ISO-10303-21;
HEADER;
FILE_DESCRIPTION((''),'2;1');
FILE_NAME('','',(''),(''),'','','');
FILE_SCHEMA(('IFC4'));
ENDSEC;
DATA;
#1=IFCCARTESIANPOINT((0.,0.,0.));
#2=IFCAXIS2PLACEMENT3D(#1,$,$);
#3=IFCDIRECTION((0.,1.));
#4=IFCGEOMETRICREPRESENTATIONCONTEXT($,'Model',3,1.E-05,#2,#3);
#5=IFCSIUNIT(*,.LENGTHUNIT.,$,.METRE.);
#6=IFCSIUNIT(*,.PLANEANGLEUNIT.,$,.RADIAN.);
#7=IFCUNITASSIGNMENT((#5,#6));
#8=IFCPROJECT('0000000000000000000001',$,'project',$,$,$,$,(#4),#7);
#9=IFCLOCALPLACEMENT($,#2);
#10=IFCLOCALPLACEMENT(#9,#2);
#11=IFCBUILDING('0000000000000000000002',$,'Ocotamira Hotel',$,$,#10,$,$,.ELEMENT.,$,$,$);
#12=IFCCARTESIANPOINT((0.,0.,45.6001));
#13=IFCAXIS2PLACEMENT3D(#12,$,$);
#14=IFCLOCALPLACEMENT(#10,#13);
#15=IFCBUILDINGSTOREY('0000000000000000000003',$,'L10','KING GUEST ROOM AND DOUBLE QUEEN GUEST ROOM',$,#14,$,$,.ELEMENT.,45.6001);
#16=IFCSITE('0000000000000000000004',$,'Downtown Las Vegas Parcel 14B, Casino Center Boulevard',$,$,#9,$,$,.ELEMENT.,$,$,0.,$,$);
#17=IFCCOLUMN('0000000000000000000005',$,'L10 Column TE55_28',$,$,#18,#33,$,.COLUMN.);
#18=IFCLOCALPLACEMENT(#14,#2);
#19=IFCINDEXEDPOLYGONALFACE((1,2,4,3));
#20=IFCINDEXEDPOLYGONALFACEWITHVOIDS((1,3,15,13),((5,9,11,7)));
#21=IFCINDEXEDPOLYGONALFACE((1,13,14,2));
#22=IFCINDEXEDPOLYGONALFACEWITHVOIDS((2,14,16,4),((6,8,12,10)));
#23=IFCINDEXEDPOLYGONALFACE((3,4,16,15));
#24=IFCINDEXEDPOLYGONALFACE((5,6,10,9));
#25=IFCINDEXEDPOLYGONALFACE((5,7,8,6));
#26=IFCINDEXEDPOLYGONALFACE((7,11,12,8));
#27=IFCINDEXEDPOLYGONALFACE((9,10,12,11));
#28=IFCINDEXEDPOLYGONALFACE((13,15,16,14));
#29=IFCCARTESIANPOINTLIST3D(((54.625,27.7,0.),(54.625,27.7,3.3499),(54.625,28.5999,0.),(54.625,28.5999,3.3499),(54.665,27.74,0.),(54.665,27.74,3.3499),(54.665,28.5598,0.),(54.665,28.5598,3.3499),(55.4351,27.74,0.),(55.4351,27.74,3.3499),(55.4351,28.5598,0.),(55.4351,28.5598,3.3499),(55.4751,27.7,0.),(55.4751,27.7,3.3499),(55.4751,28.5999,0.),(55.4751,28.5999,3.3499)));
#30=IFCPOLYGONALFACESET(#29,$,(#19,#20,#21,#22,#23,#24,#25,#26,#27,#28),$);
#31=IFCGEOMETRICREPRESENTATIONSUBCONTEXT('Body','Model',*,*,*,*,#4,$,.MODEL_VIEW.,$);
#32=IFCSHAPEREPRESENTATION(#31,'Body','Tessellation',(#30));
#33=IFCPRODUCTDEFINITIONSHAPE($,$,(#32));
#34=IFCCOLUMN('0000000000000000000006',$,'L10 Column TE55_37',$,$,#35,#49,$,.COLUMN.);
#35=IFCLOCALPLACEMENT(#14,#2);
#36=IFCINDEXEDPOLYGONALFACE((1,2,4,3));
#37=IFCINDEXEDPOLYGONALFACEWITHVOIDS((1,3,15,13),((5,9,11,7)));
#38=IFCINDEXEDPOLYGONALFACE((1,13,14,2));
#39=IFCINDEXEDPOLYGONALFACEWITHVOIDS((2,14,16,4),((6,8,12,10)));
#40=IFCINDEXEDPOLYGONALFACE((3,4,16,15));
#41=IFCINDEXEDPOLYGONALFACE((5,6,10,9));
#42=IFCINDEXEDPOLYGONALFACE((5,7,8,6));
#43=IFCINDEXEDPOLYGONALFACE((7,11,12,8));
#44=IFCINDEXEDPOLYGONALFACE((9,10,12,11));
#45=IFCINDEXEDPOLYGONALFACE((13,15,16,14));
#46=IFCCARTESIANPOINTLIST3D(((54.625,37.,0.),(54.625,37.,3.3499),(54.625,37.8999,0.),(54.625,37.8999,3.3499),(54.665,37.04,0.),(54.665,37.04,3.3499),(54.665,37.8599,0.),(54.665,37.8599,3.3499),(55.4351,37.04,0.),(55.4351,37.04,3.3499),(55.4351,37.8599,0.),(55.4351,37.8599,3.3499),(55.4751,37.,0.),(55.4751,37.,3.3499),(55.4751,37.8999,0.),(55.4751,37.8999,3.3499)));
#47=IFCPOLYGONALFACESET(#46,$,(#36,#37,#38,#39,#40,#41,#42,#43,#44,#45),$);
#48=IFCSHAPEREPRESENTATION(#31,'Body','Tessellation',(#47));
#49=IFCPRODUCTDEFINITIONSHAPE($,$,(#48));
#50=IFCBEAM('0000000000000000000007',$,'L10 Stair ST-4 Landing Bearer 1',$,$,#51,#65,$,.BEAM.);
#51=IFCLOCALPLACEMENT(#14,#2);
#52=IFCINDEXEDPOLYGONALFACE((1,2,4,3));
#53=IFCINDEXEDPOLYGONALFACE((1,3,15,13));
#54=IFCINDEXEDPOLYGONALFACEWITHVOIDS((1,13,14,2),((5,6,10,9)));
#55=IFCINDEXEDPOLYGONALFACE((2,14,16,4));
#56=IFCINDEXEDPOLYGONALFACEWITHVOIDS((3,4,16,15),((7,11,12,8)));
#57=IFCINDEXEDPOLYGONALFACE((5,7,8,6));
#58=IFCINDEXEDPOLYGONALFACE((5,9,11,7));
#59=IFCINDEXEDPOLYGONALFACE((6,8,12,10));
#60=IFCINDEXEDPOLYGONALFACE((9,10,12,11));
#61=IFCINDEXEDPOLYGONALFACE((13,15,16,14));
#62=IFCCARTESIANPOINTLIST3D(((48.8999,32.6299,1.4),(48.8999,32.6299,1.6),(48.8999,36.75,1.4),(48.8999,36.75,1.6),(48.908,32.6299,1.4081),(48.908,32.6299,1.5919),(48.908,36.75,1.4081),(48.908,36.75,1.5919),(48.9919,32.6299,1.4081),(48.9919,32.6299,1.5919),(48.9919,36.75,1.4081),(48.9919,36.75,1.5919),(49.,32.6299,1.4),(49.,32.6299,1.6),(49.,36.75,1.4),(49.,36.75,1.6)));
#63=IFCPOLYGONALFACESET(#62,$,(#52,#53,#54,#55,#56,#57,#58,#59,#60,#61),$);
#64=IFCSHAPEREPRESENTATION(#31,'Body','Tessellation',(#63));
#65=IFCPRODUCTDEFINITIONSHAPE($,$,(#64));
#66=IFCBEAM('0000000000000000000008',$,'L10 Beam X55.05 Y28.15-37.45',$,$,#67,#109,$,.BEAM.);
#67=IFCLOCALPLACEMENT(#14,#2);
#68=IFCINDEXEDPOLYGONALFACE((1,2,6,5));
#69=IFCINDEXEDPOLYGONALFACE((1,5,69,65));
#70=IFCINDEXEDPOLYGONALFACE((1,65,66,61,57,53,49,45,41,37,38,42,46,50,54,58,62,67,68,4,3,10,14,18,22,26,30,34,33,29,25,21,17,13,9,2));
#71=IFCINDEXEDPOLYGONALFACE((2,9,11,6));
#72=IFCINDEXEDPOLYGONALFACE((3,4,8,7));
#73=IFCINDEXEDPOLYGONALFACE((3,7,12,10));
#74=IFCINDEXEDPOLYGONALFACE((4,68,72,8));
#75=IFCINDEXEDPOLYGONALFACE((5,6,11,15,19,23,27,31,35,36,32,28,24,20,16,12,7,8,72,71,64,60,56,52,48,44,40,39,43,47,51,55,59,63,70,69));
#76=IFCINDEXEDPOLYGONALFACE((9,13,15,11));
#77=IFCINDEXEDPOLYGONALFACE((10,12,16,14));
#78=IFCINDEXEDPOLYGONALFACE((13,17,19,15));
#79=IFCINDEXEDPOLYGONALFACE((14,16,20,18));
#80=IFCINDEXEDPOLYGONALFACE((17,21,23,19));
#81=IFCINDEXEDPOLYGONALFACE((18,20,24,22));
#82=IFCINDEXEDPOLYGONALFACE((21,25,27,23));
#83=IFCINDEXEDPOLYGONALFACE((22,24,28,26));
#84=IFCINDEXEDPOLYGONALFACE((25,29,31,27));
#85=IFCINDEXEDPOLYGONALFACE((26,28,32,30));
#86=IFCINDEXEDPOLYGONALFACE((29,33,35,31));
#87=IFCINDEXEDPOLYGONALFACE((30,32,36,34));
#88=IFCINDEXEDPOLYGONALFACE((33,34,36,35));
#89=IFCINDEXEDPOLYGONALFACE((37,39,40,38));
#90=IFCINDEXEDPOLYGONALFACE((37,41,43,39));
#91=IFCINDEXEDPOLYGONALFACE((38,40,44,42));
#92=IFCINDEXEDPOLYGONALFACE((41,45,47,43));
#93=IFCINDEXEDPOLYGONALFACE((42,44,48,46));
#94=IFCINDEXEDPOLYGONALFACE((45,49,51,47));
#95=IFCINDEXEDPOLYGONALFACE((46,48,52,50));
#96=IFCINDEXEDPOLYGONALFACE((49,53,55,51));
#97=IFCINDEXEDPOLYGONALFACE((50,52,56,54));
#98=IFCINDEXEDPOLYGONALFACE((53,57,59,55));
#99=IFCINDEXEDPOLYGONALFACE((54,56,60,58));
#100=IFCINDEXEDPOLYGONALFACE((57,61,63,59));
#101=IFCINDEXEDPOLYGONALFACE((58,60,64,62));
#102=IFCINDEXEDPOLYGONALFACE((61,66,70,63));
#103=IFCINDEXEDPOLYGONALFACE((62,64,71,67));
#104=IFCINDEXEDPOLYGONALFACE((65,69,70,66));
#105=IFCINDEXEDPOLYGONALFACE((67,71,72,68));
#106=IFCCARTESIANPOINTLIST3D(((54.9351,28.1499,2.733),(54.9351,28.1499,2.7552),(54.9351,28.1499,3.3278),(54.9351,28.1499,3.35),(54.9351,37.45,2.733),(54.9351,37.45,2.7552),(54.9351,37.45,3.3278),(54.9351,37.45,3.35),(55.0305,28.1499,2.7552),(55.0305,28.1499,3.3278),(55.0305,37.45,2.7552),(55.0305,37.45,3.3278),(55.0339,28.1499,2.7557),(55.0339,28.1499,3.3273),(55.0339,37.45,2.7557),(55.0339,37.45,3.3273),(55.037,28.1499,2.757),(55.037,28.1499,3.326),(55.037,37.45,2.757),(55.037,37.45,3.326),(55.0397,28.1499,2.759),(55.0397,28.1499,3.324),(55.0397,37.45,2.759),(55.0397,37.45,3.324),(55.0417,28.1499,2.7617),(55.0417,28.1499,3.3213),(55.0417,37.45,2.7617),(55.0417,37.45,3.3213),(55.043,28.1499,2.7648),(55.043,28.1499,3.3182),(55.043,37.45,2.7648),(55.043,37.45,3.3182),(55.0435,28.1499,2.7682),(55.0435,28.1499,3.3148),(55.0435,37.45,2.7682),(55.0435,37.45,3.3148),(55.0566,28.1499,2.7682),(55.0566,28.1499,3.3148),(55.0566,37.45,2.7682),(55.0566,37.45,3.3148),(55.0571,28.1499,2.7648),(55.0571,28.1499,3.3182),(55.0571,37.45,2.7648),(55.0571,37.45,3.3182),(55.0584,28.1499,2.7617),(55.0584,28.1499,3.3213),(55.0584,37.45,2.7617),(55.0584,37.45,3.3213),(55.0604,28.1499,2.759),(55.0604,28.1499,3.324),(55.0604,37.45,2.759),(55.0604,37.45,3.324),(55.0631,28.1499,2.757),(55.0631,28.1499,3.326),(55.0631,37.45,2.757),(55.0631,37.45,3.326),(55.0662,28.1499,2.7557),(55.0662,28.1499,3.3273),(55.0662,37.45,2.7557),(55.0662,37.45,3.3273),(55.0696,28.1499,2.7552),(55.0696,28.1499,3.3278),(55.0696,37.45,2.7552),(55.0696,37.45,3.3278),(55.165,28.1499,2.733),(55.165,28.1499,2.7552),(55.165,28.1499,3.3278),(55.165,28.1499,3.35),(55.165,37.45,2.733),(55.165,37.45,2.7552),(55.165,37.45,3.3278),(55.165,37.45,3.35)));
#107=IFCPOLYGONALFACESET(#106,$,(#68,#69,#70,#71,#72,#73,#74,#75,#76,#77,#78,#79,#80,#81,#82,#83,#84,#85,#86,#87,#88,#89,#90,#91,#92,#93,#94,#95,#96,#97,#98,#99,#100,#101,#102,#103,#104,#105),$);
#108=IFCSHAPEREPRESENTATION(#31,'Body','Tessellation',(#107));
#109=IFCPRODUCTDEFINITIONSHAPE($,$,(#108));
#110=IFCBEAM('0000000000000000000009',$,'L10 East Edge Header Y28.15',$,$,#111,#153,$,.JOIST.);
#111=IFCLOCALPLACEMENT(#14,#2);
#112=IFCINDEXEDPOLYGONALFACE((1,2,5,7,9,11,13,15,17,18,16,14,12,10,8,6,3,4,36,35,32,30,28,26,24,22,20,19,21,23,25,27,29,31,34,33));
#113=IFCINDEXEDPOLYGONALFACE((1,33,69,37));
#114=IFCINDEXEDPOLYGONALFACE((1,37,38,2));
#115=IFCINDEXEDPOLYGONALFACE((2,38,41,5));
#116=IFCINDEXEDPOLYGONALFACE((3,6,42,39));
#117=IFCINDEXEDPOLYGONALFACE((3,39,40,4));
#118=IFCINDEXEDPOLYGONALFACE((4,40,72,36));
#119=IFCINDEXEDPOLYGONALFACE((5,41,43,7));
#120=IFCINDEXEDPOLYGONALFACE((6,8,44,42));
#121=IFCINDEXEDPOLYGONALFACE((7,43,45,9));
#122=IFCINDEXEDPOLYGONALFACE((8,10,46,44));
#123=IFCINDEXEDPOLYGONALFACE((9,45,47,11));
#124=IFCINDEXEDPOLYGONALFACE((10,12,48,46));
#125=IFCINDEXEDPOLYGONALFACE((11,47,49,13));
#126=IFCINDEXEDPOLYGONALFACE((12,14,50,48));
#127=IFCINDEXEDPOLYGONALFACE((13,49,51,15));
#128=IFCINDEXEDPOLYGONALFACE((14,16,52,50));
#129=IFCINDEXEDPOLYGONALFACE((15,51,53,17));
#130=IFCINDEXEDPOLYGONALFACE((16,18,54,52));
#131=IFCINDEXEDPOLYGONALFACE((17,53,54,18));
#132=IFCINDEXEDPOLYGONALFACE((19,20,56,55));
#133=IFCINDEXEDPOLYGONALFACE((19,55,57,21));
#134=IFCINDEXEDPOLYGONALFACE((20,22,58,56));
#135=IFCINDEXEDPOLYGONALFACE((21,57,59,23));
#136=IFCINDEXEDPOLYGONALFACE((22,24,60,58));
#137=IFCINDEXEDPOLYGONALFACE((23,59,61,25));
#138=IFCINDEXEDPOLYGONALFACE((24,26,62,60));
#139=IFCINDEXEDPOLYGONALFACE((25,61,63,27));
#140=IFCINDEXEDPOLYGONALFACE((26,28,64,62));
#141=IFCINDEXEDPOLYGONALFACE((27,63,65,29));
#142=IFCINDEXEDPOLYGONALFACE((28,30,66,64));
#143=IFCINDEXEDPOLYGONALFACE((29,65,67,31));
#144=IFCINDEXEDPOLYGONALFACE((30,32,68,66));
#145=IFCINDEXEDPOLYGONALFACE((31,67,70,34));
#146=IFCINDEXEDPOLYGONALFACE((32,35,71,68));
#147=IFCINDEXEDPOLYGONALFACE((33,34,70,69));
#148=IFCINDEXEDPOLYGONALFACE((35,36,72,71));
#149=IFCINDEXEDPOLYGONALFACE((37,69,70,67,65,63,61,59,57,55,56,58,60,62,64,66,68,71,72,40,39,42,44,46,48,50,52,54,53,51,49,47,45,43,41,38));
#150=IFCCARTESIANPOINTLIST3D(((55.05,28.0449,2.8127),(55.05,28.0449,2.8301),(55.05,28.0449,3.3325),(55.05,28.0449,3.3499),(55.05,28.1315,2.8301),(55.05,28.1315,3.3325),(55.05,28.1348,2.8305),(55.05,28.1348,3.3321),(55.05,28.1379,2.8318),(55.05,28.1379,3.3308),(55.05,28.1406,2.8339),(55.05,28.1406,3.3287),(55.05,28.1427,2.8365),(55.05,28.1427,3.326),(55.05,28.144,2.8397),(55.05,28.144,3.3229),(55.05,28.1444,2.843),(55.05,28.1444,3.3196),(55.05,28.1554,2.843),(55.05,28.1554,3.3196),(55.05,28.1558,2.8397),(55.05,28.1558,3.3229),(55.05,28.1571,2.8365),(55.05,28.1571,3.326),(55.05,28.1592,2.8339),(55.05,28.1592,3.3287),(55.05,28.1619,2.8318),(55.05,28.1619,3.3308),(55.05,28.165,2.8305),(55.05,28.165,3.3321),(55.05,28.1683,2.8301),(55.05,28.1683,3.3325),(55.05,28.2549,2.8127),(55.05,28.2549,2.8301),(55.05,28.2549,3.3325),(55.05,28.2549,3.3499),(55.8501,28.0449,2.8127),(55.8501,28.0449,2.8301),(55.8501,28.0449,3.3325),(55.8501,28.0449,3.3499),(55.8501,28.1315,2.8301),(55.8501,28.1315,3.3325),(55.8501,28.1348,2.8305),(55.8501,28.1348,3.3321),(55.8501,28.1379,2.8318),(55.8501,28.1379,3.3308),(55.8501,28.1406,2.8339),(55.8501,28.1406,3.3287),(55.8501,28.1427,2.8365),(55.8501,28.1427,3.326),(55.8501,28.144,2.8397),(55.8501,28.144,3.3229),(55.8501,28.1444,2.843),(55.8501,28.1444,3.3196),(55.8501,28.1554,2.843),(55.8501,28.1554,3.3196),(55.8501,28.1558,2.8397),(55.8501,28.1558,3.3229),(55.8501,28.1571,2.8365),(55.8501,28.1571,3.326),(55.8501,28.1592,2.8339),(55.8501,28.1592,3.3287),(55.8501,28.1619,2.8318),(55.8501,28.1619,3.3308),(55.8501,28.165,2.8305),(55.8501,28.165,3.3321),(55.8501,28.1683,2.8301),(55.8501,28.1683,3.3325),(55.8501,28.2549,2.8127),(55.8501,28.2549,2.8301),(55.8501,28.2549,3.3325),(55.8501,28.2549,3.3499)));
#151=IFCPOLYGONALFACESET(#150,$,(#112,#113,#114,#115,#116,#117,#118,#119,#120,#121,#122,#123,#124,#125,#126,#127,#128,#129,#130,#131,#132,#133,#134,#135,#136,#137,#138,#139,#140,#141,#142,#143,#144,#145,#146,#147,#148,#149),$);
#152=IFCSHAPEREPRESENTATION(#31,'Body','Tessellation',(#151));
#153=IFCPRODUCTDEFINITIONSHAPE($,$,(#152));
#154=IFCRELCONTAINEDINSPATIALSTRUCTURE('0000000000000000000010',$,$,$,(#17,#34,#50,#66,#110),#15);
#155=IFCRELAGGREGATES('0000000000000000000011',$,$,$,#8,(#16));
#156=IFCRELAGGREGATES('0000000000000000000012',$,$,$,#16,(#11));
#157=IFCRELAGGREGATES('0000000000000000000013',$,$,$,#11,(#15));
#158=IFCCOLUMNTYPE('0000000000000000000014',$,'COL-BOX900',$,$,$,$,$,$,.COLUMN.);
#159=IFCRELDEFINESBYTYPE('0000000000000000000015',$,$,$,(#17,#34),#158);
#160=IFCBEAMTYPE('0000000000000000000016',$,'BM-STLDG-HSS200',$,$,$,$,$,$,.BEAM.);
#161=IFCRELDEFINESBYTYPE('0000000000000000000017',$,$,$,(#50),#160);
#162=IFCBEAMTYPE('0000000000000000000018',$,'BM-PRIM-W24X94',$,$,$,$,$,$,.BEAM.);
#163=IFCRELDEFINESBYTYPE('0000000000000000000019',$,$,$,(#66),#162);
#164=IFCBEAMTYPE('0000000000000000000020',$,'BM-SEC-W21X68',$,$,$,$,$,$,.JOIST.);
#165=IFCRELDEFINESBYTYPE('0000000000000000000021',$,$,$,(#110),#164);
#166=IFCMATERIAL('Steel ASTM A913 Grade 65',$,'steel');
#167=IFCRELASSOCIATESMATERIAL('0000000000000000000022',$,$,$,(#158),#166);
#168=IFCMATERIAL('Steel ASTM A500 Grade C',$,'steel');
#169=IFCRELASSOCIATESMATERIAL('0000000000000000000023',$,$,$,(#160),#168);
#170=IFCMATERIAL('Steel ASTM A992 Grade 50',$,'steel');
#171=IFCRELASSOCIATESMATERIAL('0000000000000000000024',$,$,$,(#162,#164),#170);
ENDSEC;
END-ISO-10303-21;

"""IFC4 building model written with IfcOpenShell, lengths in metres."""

from ifc_helpers import new_model, si_unit, direction, frame, origin, origin_2d, place, context, subcontext, project, spatial, hollow_rectangle, i_section, extrude, source, transform, mapped, material, material_profile, profile_set, type_object, element, save


model = new_model("IFC4")

# Units and contexts
model_context = context("Model", 3, precision=1e-05, world=origin(), true_north=direction((0.0, 1.0)))
body_context = subcontext(model_context, "Body", "Model", "MODEL_VIEW")
ifc_project = project(units=[si_unit("LENGTHUNIT", "METRE"), si_unit("PLANEANGLEUNIT", "RADIAN")], contexts=[model_context])

# Site, building, storey
site_placement = place(None, origin())
site = spatial("IfcSite", under=ifc_project, at=site_placement, Name="Downtown Las Vegas Parcel 14B, Casino Center Boulevard", CompositionType="ELEMENT", RefElevation=0.0)
building_placement = place(site_placement, origin())
building = spatial("IfcBuilding", under=site, at=building_placement, Name="Ocotamira Hotel", CompositionType="ELEMENT")
storey_placement = place(building_placement, frame((0.0, 0.0, 45.6001)))
storey = spatial("IfcBuildingStorey", under=building, at=storey_placement, Name="L10", Description="KING GUEST ROOM AND DOUBLE QUEEN GUEST ROOM", CompositionType="ELEMENT", Elevation=45.6001)

# Columns
ifc_material_1 = material(Name="Steel ASTM A913 Grade 65", Category="steel")
ifc_material_profile_1 = material_profile(ifc_material_1, hollow_rectangle(XDim=0.8501, YDim=0.8999, WallThickness=0.04, at=origin_2d()), Name="BOX900X850X40")
ifc_profile_set_1 = profile_set([ifc_material_profile_1], Name="Steel ASTM A913 Grade 65")
column_type = type_object("IfcColumnType", Name="COL-BOX900", PredefinedType="COLUMN", material=ifc_profile_set_1)
shared_shape_1 = source(origin(), body_context, "Body", "SweptSolid", [
    extrude(hollow_rectangle(XDim=0.8501, YDim=0.8999, WallThickness=0.04, at=origin_2d()), origin(), (0.0, 0.0, 1.0), 3.3499),
])
for number, where, z_axis, x_axis, name in (
    (1, (55.05, 28.1499, 0.0), (0.0, 0.0, 1.0), (1.0, 0.0, 0.0), "L10 Column TE55_28"),
    (2, (55.05, 37.45, 0.0), (0.0, 0.0, 1.0), (1.0, 0.0, 0.0), "L10 Column TE55_37"),
):
    element("IfcColumn", number, at=place(storey_placement, frame(where, z_axis=z_axis, x_axis=x_axis)), inside=storey, type_object=column_type, Name=name, PredefinedType="COLUMN", context=body_context, shape_type="MappedRepresentation", body=[
        mapped(shared_shape_1, transform((0.0, 0.0, 0.0), scale=1.0)),
    ])

# Beams
ifc_material_2 = material(Name="Steel ASTM A500 Grade C", Category="steel")
ifc_material_profile_2 = material_profile(ifc_material_2, hollow_rectangle(XDim=0.1001, YDim=0.2, WallThickness=0.0081, at=origin_2d()), Name="HSS200X100X8")
ifc_profile_set_2 = profile_set([ifc_material_profile_2], Name="Steel ASTM A500 Grade C")
beam_type_1 = type_object("IfcBeamType", Name="BM-STLDG-HSS200", PredefinedType="BEAM", material=ifc_profile_set_2)
shared_shape_2 = source(origin(), body_context, "Body", "SweptSolid", [
    extrude(hollow_rectangle(XDim=0.1001, YDim=0.2, WallThickness=0.0081, at=origin_2d()), origin(), (0.0, 0.0, 1.0), 4.1201),
])
beam_1_placement = place(storey_placement, frame((48.95, 32.6299, 1.5), z_axis=(0.0, 1.0, 0.0), x_axis=(-1.0, 0.0, 0.0)))
element("IfcBeam", 3, at=beam_1_placement, inside=storey, type_object=beam_type_1, Name="L10 Stair ST-4 Landing Bearer 1", PredefinedType="BEAM", context=body_context, shape_type="MappedRepresentation", body=[
    mapped(shared_shape_2, transform((0.0, 0.0, 0.0), scale=1.0)),
])
ifc_material_3 = material(Name="Steel ASTM A992 Grade 50", Category="steel")
ifc_material_profile_3 = material_profile(ifc_material_3, i_section(OverallWidth=0.23, OverallDepth=0.6169, WebThickness=0.0132, FlangeThickness=0.0222, FilletRadius=0.0129, at=origin_2d()), Name="W24X94")
ifc_profile_set_3 = profile_set([ifc_material_profile_3], Name="Steel ASTM A992 Grade 50")
beam_type_2 = type_object("IfcBeamType", Name="BM-PRIM-W24X94", PredefinedType="BEAM", material=ifc_profile_set_3)
shared_shape_3 = source(origin(), body_context, "Body", "SweptSolid", [
    extrude(i_section(OverallWidth=0.23, OverallDepth=0.6169, WebThickness=0.0132, FlangeThickness=0.0222, FilletRadius=0.0129, at=origin_2d()), origin(), (0.0, 0.0, 1.0), 9.3),
])
beam_2_placement = place(storey_placement, frame((55.05, 28.1499, 3.0415), z_axis=(0.0, 1.0, 0.0), x_axis=(-1.0, 0.0, 0.0)))
element("IfcBeam", 4, at=beam_2_placement, inside=storey, type_object=beam_type_2, Name="L10 Beam X55.05 Y28.15-37.45", PredefinedType="BEAM", context=body_context, shape_type="MappedRepresentation", body=[
    mapped(shared_shape_3, transform((0.0, 0.0, 0.0), scale=1.0)),
])
ifc_material_profile_4 = material_profile(ifc_material_3, i_section(OverallWidth=0.21, OverallDepth=0.5371, WebThickness=0.011, FlangeThickness=0.0173, FilletRadius=0.0129, at=origin_2d()), Name="W21X68")
ifc_profile_set_4 = profile_set([ifc_material_profile_4], Name="Steel ASTM A992 Grade 50")
beam_type_3 = type_object("IfcBeamType", Name="BM-SEC-W21X68", PredefinedType="JOIST", material=ifc_profile_set_4)
shared_shape_4 = source(origin(), body_context, "Body", "SweptSolid", [
    extrude(i_section(OverallWidth=0.21, OverallDepth=0.5371, WebThickness=0.011, FlangeThickness=0.0173, FilletRadius=0.0129, at=origin_2d()), origin(), (0.0, 0.0, 1.0), 0.8),
])
for number, where, z_axis, x_axis, name in (
    (5, (55.05, 28.1499, 3.0813), (1.0, 0.0, 0.0), (0.0, 1.0, 0.0), "L10 East Edge Header Y28.15"),
):
    element("IfcBeam", number, at=place(storey_placement, frame(where, z_axis=z_axis, x_axis=x_axis)), inside=storey, type_object=beam_type_3, Name=name, PredefinedType="JOIST", context=body_context, shape_type="MappedRepresentation", body=[
        mapped(shared_shape_4, transform((0.0, 0.0, 0.0), scale=1.0)),
    ])

save(model, "model.ifc")
